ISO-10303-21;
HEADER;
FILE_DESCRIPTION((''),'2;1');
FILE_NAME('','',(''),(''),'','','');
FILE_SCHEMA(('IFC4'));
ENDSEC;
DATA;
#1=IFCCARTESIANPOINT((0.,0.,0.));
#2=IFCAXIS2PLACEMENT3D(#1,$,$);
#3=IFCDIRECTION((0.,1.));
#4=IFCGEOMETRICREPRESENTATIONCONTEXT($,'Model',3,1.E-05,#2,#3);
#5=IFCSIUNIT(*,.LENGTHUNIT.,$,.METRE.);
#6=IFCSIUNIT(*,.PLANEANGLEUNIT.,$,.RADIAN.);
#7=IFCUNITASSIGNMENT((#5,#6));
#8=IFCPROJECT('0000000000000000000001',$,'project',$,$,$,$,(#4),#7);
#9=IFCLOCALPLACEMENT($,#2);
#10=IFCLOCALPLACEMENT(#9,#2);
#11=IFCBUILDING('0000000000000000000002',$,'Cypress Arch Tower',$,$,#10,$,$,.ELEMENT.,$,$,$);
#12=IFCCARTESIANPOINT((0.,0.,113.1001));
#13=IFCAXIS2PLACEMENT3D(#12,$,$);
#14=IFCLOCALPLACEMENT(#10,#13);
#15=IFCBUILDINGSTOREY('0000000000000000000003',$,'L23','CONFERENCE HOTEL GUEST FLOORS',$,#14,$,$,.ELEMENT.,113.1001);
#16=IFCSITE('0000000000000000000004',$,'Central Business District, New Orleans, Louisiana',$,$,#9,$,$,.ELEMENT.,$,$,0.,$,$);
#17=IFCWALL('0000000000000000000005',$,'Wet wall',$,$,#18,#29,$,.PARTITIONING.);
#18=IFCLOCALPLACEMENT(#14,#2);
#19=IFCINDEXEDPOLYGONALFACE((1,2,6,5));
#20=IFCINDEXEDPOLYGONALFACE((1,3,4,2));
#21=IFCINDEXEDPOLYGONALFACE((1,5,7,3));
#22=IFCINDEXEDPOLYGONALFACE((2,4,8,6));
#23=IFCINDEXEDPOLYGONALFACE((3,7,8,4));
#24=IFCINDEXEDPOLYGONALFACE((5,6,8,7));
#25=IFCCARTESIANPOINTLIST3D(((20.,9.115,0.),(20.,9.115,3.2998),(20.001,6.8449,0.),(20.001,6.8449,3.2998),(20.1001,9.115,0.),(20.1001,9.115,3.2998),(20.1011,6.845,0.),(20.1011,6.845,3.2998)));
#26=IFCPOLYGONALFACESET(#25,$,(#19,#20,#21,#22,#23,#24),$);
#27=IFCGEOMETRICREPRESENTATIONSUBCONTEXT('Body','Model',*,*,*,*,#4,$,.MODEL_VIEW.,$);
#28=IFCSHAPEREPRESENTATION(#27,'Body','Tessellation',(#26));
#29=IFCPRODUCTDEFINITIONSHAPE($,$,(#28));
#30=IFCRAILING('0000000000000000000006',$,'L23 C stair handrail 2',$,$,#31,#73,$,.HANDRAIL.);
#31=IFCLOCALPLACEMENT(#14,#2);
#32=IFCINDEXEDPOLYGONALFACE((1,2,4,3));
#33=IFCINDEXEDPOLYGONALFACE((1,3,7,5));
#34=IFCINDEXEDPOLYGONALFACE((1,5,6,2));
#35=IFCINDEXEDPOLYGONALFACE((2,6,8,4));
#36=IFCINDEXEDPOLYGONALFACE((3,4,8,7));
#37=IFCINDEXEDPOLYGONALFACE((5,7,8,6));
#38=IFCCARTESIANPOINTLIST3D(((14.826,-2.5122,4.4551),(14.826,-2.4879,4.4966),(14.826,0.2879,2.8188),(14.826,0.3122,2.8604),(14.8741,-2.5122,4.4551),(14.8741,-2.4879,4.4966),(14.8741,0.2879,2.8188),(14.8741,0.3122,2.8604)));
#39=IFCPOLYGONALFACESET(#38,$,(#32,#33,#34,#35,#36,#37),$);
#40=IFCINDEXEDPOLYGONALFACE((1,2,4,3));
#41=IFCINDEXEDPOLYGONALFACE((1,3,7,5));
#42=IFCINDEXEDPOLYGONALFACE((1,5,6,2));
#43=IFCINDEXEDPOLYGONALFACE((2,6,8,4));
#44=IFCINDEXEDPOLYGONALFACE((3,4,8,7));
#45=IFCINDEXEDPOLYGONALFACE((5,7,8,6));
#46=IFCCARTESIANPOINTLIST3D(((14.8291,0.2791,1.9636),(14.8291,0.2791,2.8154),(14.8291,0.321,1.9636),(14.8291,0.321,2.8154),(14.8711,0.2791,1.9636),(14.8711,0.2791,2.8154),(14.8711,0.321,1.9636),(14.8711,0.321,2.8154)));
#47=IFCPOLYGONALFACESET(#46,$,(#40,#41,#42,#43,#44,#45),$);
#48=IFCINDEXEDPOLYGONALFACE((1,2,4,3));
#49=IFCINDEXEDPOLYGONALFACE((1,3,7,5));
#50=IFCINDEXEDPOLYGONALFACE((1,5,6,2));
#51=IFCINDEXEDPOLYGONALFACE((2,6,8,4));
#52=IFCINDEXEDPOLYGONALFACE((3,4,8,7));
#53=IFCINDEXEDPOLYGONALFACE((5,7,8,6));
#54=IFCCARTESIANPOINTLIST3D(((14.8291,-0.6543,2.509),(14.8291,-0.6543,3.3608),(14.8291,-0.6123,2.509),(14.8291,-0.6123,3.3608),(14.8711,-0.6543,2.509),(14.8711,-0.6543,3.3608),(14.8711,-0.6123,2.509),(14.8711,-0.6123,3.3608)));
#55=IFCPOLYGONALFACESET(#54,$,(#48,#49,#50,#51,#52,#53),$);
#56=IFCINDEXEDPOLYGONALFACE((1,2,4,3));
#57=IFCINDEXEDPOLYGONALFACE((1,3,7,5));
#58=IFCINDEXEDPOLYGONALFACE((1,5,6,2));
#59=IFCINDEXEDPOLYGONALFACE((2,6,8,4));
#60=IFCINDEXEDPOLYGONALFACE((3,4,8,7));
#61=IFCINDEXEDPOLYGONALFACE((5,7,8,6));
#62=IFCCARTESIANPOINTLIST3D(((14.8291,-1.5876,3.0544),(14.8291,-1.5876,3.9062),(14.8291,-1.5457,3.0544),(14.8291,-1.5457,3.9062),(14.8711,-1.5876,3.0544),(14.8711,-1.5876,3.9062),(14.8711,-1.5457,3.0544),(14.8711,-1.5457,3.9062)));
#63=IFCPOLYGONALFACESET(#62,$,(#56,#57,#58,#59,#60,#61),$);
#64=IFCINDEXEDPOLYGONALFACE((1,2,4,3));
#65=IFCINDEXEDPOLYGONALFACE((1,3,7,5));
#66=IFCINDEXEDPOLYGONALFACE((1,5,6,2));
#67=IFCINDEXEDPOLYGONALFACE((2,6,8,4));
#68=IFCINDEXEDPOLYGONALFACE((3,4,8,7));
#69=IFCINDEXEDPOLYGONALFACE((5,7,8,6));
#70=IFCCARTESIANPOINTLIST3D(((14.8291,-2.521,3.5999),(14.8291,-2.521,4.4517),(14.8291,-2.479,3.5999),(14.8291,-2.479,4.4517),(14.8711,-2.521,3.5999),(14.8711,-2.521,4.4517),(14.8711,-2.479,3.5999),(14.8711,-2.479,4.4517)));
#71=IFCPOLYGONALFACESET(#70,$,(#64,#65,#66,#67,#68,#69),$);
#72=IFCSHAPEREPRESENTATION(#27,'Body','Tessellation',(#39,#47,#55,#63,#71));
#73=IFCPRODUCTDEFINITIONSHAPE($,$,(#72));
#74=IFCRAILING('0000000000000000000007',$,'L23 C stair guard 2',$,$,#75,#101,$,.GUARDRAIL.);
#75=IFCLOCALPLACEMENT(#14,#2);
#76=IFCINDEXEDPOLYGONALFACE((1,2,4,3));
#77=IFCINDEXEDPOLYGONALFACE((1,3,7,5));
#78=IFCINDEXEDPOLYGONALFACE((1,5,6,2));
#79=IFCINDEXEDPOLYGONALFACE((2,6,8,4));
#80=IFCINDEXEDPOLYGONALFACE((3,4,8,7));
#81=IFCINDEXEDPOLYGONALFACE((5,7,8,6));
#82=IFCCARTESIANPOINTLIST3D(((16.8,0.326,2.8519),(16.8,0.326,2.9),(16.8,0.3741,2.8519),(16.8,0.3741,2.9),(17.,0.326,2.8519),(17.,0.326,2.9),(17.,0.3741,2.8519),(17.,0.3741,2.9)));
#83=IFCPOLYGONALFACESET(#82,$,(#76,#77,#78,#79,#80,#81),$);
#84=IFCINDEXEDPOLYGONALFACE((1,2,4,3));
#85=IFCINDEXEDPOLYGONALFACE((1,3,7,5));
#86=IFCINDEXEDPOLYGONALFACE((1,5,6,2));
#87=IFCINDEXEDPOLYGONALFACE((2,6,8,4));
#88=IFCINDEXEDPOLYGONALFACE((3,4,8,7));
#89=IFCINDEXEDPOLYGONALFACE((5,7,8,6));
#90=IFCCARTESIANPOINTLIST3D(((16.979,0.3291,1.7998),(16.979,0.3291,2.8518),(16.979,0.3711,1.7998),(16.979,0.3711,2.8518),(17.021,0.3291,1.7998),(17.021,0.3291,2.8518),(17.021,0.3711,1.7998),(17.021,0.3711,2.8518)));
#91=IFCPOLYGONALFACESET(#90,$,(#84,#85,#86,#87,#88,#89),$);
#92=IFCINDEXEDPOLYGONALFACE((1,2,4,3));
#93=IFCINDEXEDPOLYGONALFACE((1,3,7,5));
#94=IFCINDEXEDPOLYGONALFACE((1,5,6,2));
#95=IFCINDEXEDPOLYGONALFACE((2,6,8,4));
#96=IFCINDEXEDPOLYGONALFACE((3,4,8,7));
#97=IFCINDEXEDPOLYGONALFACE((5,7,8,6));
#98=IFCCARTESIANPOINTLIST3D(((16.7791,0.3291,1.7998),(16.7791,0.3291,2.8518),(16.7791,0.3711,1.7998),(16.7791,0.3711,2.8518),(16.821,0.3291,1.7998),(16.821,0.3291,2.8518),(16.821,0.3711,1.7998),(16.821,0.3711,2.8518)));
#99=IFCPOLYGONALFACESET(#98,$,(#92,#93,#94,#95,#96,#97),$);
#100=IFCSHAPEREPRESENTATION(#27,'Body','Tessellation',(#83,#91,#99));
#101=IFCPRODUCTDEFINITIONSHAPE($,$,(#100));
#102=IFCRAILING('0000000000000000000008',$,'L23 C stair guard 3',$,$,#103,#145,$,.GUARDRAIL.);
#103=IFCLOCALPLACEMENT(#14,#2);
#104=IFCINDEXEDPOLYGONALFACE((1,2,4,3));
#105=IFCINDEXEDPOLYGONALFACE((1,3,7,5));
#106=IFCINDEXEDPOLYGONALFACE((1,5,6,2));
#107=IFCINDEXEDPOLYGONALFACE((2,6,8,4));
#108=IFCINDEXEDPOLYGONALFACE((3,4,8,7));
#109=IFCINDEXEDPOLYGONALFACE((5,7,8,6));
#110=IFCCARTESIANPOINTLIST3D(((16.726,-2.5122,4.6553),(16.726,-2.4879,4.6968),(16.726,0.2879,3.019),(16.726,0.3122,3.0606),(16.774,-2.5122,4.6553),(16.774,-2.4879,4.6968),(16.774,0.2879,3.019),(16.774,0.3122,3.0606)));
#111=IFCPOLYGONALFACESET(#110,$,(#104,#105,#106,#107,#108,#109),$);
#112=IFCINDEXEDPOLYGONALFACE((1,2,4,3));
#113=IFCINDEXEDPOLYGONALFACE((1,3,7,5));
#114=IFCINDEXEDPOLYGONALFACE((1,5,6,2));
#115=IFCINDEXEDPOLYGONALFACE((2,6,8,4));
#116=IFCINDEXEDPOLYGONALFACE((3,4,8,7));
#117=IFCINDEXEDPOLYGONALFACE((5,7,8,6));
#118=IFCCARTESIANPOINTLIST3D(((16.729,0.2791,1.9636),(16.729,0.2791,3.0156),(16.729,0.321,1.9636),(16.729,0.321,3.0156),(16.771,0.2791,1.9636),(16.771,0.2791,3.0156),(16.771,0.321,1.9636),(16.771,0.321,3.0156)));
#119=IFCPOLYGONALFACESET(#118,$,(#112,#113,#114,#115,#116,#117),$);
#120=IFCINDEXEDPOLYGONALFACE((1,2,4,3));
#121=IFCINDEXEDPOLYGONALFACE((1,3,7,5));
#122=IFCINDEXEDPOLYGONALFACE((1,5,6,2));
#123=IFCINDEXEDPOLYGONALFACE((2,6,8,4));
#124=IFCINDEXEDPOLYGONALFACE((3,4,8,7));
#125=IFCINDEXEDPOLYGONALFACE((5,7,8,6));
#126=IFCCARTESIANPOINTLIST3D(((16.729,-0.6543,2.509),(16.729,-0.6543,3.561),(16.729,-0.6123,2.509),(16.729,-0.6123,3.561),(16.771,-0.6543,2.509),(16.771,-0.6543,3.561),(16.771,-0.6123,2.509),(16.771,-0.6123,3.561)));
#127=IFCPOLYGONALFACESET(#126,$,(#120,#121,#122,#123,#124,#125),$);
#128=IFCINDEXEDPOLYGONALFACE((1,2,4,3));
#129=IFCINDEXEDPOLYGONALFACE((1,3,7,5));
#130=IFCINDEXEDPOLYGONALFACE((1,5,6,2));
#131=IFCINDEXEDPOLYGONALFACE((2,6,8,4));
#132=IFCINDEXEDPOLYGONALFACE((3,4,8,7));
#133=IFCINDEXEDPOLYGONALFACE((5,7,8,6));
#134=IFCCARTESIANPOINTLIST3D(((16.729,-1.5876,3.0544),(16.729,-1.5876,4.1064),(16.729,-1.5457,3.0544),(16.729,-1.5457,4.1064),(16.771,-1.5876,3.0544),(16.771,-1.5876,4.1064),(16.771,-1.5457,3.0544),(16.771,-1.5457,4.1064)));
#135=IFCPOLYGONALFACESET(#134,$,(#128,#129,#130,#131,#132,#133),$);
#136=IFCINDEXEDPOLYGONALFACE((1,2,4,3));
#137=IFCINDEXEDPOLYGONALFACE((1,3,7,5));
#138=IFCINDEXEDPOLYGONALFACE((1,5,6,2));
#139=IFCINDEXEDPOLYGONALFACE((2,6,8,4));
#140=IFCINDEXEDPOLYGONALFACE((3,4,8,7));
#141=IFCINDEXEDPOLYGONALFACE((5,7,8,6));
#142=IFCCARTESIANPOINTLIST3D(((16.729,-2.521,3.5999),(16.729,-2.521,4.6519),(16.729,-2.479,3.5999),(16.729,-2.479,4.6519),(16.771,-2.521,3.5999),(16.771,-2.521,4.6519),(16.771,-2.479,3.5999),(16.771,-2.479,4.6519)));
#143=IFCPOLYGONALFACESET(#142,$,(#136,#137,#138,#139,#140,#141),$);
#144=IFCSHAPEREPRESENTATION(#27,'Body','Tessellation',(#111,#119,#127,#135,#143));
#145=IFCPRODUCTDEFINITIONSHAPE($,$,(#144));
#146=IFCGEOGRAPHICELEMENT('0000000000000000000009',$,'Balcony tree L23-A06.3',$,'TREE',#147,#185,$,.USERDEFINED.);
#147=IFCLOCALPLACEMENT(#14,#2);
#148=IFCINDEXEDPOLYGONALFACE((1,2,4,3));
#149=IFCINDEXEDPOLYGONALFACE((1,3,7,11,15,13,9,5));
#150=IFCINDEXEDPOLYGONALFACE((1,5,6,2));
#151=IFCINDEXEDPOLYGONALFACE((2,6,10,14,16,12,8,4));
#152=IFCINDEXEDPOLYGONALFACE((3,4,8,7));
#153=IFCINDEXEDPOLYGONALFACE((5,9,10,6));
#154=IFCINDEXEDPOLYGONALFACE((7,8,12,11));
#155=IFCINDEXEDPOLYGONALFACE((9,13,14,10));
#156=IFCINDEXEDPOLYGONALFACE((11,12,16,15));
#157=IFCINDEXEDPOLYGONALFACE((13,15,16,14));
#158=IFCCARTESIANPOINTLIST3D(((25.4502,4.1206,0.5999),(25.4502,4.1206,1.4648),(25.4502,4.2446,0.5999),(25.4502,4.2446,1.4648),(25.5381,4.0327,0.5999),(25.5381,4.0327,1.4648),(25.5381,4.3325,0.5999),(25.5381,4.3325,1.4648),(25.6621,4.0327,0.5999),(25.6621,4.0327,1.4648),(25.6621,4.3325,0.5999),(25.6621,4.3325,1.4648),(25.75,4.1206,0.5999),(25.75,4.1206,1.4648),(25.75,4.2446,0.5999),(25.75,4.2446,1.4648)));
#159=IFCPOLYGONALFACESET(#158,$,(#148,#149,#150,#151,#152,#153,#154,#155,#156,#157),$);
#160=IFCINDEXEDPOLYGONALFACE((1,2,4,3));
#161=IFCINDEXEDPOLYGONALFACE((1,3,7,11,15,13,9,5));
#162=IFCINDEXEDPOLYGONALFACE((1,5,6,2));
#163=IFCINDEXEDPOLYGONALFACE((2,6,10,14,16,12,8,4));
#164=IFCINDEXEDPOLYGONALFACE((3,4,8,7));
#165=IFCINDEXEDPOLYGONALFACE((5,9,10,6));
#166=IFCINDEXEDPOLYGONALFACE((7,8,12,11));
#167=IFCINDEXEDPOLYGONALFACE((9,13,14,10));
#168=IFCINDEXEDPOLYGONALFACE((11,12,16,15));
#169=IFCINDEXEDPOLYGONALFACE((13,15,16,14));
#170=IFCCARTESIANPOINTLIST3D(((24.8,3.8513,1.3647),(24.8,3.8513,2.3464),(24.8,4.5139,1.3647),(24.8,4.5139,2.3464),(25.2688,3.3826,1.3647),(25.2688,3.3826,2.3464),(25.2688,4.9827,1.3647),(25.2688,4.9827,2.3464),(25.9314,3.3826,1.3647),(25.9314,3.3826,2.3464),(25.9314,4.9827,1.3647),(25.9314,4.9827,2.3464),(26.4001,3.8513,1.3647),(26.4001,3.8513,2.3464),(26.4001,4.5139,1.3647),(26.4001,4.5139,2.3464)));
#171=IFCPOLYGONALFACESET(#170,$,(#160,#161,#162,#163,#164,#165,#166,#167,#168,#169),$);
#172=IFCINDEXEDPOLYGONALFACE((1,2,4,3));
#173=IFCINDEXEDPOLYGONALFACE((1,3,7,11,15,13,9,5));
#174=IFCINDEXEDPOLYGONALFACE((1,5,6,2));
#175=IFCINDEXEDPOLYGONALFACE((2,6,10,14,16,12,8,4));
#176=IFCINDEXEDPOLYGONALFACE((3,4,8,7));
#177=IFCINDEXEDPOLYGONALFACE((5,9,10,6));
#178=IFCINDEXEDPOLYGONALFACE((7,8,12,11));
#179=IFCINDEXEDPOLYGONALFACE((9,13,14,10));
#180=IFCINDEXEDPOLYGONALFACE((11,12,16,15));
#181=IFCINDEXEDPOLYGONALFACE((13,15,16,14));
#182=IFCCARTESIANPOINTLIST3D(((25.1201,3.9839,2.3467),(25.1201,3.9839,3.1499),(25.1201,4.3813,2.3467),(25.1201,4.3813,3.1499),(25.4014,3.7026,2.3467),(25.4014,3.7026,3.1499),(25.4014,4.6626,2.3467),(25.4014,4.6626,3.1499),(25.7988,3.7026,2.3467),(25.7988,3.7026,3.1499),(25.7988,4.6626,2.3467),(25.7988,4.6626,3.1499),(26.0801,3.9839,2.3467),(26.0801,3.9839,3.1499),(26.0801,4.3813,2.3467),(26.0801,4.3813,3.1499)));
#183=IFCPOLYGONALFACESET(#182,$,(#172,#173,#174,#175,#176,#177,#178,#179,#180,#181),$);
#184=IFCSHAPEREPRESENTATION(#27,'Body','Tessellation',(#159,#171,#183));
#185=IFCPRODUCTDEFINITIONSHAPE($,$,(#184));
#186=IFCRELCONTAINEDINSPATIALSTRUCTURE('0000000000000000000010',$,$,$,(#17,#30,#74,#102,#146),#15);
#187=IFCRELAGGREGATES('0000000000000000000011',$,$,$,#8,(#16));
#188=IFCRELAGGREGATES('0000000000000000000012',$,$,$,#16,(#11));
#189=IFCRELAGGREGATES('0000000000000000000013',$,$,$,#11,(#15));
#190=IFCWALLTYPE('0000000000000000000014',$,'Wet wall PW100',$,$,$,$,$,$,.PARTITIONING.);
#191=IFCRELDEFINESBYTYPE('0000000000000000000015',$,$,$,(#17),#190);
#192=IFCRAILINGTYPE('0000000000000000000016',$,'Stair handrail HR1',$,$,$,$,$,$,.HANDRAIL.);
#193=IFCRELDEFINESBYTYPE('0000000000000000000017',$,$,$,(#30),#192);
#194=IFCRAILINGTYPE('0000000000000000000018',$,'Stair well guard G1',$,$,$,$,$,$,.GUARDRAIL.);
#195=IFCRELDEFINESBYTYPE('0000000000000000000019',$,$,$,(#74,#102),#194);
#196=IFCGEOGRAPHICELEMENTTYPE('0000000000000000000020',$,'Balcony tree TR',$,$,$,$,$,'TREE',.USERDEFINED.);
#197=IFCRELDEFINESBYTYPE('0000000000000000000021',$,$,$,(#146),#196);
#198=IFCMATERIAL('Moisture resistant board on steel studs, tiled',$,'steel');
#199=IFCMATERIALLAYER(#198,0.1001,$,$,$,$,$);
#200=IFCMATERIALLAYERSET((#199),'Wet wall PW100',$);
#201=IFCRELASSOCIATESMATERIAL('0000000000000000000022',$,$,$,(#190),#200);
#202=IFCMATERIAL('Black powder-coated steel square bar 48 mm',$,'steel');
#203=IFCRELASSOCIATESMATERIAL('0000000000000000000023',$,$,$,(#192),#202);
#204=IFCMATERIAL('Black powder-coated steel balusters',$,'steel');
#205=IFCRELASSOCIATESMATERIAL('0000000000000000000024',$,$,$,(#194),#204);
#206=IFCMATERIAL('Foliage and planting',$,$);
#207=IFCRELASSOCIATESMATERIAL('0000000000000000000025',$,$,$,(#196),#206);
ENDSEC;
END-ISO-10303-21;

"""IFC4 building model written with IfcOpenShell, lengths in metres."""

from ifc_helpers import new_model, si_unit, direction, frame, frame_2d, origin, origin_2d, place, context, subcontext, project, spatial, polyline, rectangle, outline, extrude, material, layer, layer_set, type_object, element, save


model = new_model("IFC4")

# Units and contexts
model_context = context("Model", 3, precision=1e-05, world=origin(), true_north=direction((0.0, 1.0)))
body_context = subcontext(model_context, "Body", "Model", "MODEL_VIEW")
ifc_project = project(units=[si_unit("LENGTHUNIT", "METRE"), si_unit("PLANEANGLEUNIT", "RADIAN")], contexts=[model_context])

# Site, building, storey
site_placement = place(None, origin())
site = spatial("IfcSite", under=ifc_project, at=site_placement, Name="Central Business District, New Orleans, Louisiana", CompositionType="ELEMENT", RefElevation=0.0)
building_placement = place(site_placement, origin())
building = spatial("IfcBuilding", under=site, at=building_placement, Name="Cypress Arch Tower", CompositionType="ELEMENT")
storey_placement = place(building_placement, frame((0.0, 0.0, 113.1001)))
storey = spatial("IfcBuildingStorey", under=building, at=storey_placement, Name="L23", Description="CONFERENCE HOTEL GUEST FLOORS", CompositionType="ELEMENT", Elevation=113.1001)

# Shared definitions
ifc_material_1 = material(Name="Moisture resistant board on steel studs, tiled", Category="steel")
ifc_layer_1 = layer(ifc_material_1, 0.1001)
ifc_layer_set_1 = layer_set([ifc_layer_1], Name="Wet wall PW100")
wall_type_1 = type_object("IfcWallType", Name="Wet wall PW100", PredefinedType="PARTITIONING", material=ifc_layer_set_1)

# Wall
wall_1_placement = place(storey_placement, frame((20.05, 9.115, 0.0), z_axis=(0.0, 0.0, 1.0), x_axis=(0.00043, -1.0, 0.0)))
element("IfcWall", 1, at=wall_1_placement, inside=storey, type_object=wall_type_1, Name="Wet wall", PredefinedType="PARTITIONING", context=body_context, shape_type="SweptSolid", body=[
    extrude(rectangle(XDim=2.27, YDim=0.1001, at=frame_2d((1.135, 0.0))), origin(), (0.0, 0.0, 1.0), 3.2998),
])

# Railings
ifc_material_2 = material(Name="Black powder-coated steel square bar 48 mm", Category="steel")
railing_type_1 = type_object("IfcRailingType", Name="Stair handrail HR1", PredefinedType="HANDRAIL", material=ifc_material_2)
railing_1_placement = place(storey_placement, frame((14.8501, 0.3, 1.9636)))
element("IfcRailing", 2, at=railing_1_placement, inside=storey, type_object=railing_type_1, Name="L23 C stair handrail 2", PredefinedType="HANDRAIL", context=body_context, shape_type="SweptSolid", body=[
    extrude(rectangle(XDim=0.0481, YDim=0.0481, at=origin_2d()), frame((0.0, 0.0, 0.876), z_axis=(0.0, -0.863394, 0.504531), x_axis=(1.0, 0.0, 0.0)), (0.0, 0.0, 1.0), 3.2432),
    extrude(rectangle(XDim=0.042, YDim=0.042, at=origin_2d()), origin(), (0.0, 0.0, 1.0), 0.8518),
    extrude(rectangle(XDim=0.042, YDim=0.042, at=origin_2d()), frame((0.0, -0.9333, 0.5454)), (0.0, 0.0, 1.0), 0.8518),
    extrude(rectangle(XDim=0.042, YDim=0.042, at=origin_2d()), frame((0.0, -1.8667, 1.0908)), (0.0, 0.0, 1.0), 0.8518),
    extrude(rectangle(XDim=0.042, YDim=0.042, at=origin_2d()), frame((0.0, -2.8, 1.6362)), (0.0, 0.0, 1.0), 0.8518),
])
ifc_material_3 = material(Name="Black powder-coated steel balusters", Category="steel")
railing_type_2 = type_object("IfcRailingType", Name="Stair well guard G1", PredefinedType="GUARDRAIL", material=ifc_material_3)
railing_2_placement = place(storey_placement, frame((17.0, 0.3501, 1.7998)))
element("IfcRailing", 3, at=railing_2_placement, inside=storey, type_object=railing_type_2, Name="L23 C stair guard 2", PredefinedType="GUARDRAIL", context=body_context, shape_type="SweptSolid", body=[
    extrude(rectangle(XDim=0.0481, YDim=0.0481, at=origin_2d()), frame((0.0, 0.0, 1.0762), z_axis=(-1.0, 0.0, 0.0), x_axis=(0.0, -1.0, 0.0)), (0.0, 0.0, 1.0), 0.2),
    extrude(rectangle(XDim=0.042, YDim=0.042, at=origin_2d()), origin(), (0.0, 0.0, 1.0), 1.052),
    extrude(rectangle(XDim=0.042, YDim=0.042, at=origin_2d()), frame((-0.2, 0.0, 0.0)), (0.0, 0.0, 1.0), 1.052),
])
railing_3_placement = place(storey_placement, frame((16.75, 0.3, 1.9636)))
element("IfcRailing", 4, at=railing_3_placement, inside=storey, type_object=railing_type_2, Name="L23 C stair guard 3", PredefinedType="GUARDRAIL", context=body_context, shape_type="SweptSolid", body=[
    extrude(rectangle(XDim=0.0481, YDim=0.0481, at=origin_2d()), frame((0.0, 0.0, 1.0762), z_axis=(0.0, -0.863394, 0.504531), x_axis=(1.0, 0.0, 0.0)), (0.0, 0.0, 1.0), 3.2432),
    extrude(rectangle(XDim=0.042, YDim=0.042, at=origin_2d()), origin(), (0.0, 0.0, 1.0), 1.052),
    extrude(rectangle(XDim=0.042, YDim=0.042, at=origin_2d()), frame((0.0, -0.9333, 0.5454)), (0.0, 0.0, 1.0), 1.052),
    extrude(rectangle(XDim=0.042, YDim=0.042, at=origin_2d()), frame((0.0, -1.8667, 1.0908)), (0.0, 0.0, 1.0), 1.052),
    extrude(rectangle(XDim=0.042, YDim=0.042, at=origin_2d()), frame((0.0, -2.8, 1.6362)), (0.0, 0.0, 1.0), 1.052),
])

# Geographic element
ifc_material_4 = material(Name="Foliage and planting")
geographic_element_type = type_object("IfcGeographicElementType", Name="Balcony tree TR", ElementType="TREE", PredefinedType="USERDEFINED", material=ifc_material_4)
for number, where, z_axis, x_axis, name in (
    (5, (25.6001, 4.1826, 0.5999), (0.0, 0.0, 1.0), (1.0, 0.0, 0.0), "Balcony tree L23-A06.3"),
):
    element("IfcGeographicElement", number, at=place(storey_placement, frame(where, z_axis=z_axis, x_axis=x_axis)), inside=storey, type_object=geographic_element_type, Name=name, ObjectType="TREE", PredefinedType="USERDEFINED", context=body_context, shape_type="SweptSolid", body=[
        extrude(outline(polyline([(0.1499, 0.062), (0.062, 0.1499), (-0.062, 0.1499), (-0.1499, 0.062), (-0.1499, -0.062), (-0.062, -0.1499), (0.062, -0.1499), (0.1499, -0.062), (0.1499, 0.062)])), origin(), (0.0, 0.0, 1.0), 0.865),
        extrude(outline(polyline([(0.8, 0.3313), (0.3313, 0.8), (-0.3313, 0.8), (-0.8, 0.3313), (-0.8, -0.3313), (-0.3313, -0.8), (0.3313, -0.8), (0.8, -0.3313), (0.8, 0.3313)])), frame((0.0, 0.0, 0.7649)), (0.0, 0.0, 1.0), 0.9817),
        extrude(outline(polyline([(0.48, 0.1987), (0.1987, 0.48), (-0.1987, 0.48), (-0.48, 0.1987), (-0.48, -0.1987), (-0.1987, -0.48), (0.1987, -0.48), (0.48, -0.1987), (0.48, 0.1987)])), frame((0.0, 0.0, 1.7468)), (0.0, 0.0, 1.0), 0.8032),
    ])

save(model, "model.ifc")
